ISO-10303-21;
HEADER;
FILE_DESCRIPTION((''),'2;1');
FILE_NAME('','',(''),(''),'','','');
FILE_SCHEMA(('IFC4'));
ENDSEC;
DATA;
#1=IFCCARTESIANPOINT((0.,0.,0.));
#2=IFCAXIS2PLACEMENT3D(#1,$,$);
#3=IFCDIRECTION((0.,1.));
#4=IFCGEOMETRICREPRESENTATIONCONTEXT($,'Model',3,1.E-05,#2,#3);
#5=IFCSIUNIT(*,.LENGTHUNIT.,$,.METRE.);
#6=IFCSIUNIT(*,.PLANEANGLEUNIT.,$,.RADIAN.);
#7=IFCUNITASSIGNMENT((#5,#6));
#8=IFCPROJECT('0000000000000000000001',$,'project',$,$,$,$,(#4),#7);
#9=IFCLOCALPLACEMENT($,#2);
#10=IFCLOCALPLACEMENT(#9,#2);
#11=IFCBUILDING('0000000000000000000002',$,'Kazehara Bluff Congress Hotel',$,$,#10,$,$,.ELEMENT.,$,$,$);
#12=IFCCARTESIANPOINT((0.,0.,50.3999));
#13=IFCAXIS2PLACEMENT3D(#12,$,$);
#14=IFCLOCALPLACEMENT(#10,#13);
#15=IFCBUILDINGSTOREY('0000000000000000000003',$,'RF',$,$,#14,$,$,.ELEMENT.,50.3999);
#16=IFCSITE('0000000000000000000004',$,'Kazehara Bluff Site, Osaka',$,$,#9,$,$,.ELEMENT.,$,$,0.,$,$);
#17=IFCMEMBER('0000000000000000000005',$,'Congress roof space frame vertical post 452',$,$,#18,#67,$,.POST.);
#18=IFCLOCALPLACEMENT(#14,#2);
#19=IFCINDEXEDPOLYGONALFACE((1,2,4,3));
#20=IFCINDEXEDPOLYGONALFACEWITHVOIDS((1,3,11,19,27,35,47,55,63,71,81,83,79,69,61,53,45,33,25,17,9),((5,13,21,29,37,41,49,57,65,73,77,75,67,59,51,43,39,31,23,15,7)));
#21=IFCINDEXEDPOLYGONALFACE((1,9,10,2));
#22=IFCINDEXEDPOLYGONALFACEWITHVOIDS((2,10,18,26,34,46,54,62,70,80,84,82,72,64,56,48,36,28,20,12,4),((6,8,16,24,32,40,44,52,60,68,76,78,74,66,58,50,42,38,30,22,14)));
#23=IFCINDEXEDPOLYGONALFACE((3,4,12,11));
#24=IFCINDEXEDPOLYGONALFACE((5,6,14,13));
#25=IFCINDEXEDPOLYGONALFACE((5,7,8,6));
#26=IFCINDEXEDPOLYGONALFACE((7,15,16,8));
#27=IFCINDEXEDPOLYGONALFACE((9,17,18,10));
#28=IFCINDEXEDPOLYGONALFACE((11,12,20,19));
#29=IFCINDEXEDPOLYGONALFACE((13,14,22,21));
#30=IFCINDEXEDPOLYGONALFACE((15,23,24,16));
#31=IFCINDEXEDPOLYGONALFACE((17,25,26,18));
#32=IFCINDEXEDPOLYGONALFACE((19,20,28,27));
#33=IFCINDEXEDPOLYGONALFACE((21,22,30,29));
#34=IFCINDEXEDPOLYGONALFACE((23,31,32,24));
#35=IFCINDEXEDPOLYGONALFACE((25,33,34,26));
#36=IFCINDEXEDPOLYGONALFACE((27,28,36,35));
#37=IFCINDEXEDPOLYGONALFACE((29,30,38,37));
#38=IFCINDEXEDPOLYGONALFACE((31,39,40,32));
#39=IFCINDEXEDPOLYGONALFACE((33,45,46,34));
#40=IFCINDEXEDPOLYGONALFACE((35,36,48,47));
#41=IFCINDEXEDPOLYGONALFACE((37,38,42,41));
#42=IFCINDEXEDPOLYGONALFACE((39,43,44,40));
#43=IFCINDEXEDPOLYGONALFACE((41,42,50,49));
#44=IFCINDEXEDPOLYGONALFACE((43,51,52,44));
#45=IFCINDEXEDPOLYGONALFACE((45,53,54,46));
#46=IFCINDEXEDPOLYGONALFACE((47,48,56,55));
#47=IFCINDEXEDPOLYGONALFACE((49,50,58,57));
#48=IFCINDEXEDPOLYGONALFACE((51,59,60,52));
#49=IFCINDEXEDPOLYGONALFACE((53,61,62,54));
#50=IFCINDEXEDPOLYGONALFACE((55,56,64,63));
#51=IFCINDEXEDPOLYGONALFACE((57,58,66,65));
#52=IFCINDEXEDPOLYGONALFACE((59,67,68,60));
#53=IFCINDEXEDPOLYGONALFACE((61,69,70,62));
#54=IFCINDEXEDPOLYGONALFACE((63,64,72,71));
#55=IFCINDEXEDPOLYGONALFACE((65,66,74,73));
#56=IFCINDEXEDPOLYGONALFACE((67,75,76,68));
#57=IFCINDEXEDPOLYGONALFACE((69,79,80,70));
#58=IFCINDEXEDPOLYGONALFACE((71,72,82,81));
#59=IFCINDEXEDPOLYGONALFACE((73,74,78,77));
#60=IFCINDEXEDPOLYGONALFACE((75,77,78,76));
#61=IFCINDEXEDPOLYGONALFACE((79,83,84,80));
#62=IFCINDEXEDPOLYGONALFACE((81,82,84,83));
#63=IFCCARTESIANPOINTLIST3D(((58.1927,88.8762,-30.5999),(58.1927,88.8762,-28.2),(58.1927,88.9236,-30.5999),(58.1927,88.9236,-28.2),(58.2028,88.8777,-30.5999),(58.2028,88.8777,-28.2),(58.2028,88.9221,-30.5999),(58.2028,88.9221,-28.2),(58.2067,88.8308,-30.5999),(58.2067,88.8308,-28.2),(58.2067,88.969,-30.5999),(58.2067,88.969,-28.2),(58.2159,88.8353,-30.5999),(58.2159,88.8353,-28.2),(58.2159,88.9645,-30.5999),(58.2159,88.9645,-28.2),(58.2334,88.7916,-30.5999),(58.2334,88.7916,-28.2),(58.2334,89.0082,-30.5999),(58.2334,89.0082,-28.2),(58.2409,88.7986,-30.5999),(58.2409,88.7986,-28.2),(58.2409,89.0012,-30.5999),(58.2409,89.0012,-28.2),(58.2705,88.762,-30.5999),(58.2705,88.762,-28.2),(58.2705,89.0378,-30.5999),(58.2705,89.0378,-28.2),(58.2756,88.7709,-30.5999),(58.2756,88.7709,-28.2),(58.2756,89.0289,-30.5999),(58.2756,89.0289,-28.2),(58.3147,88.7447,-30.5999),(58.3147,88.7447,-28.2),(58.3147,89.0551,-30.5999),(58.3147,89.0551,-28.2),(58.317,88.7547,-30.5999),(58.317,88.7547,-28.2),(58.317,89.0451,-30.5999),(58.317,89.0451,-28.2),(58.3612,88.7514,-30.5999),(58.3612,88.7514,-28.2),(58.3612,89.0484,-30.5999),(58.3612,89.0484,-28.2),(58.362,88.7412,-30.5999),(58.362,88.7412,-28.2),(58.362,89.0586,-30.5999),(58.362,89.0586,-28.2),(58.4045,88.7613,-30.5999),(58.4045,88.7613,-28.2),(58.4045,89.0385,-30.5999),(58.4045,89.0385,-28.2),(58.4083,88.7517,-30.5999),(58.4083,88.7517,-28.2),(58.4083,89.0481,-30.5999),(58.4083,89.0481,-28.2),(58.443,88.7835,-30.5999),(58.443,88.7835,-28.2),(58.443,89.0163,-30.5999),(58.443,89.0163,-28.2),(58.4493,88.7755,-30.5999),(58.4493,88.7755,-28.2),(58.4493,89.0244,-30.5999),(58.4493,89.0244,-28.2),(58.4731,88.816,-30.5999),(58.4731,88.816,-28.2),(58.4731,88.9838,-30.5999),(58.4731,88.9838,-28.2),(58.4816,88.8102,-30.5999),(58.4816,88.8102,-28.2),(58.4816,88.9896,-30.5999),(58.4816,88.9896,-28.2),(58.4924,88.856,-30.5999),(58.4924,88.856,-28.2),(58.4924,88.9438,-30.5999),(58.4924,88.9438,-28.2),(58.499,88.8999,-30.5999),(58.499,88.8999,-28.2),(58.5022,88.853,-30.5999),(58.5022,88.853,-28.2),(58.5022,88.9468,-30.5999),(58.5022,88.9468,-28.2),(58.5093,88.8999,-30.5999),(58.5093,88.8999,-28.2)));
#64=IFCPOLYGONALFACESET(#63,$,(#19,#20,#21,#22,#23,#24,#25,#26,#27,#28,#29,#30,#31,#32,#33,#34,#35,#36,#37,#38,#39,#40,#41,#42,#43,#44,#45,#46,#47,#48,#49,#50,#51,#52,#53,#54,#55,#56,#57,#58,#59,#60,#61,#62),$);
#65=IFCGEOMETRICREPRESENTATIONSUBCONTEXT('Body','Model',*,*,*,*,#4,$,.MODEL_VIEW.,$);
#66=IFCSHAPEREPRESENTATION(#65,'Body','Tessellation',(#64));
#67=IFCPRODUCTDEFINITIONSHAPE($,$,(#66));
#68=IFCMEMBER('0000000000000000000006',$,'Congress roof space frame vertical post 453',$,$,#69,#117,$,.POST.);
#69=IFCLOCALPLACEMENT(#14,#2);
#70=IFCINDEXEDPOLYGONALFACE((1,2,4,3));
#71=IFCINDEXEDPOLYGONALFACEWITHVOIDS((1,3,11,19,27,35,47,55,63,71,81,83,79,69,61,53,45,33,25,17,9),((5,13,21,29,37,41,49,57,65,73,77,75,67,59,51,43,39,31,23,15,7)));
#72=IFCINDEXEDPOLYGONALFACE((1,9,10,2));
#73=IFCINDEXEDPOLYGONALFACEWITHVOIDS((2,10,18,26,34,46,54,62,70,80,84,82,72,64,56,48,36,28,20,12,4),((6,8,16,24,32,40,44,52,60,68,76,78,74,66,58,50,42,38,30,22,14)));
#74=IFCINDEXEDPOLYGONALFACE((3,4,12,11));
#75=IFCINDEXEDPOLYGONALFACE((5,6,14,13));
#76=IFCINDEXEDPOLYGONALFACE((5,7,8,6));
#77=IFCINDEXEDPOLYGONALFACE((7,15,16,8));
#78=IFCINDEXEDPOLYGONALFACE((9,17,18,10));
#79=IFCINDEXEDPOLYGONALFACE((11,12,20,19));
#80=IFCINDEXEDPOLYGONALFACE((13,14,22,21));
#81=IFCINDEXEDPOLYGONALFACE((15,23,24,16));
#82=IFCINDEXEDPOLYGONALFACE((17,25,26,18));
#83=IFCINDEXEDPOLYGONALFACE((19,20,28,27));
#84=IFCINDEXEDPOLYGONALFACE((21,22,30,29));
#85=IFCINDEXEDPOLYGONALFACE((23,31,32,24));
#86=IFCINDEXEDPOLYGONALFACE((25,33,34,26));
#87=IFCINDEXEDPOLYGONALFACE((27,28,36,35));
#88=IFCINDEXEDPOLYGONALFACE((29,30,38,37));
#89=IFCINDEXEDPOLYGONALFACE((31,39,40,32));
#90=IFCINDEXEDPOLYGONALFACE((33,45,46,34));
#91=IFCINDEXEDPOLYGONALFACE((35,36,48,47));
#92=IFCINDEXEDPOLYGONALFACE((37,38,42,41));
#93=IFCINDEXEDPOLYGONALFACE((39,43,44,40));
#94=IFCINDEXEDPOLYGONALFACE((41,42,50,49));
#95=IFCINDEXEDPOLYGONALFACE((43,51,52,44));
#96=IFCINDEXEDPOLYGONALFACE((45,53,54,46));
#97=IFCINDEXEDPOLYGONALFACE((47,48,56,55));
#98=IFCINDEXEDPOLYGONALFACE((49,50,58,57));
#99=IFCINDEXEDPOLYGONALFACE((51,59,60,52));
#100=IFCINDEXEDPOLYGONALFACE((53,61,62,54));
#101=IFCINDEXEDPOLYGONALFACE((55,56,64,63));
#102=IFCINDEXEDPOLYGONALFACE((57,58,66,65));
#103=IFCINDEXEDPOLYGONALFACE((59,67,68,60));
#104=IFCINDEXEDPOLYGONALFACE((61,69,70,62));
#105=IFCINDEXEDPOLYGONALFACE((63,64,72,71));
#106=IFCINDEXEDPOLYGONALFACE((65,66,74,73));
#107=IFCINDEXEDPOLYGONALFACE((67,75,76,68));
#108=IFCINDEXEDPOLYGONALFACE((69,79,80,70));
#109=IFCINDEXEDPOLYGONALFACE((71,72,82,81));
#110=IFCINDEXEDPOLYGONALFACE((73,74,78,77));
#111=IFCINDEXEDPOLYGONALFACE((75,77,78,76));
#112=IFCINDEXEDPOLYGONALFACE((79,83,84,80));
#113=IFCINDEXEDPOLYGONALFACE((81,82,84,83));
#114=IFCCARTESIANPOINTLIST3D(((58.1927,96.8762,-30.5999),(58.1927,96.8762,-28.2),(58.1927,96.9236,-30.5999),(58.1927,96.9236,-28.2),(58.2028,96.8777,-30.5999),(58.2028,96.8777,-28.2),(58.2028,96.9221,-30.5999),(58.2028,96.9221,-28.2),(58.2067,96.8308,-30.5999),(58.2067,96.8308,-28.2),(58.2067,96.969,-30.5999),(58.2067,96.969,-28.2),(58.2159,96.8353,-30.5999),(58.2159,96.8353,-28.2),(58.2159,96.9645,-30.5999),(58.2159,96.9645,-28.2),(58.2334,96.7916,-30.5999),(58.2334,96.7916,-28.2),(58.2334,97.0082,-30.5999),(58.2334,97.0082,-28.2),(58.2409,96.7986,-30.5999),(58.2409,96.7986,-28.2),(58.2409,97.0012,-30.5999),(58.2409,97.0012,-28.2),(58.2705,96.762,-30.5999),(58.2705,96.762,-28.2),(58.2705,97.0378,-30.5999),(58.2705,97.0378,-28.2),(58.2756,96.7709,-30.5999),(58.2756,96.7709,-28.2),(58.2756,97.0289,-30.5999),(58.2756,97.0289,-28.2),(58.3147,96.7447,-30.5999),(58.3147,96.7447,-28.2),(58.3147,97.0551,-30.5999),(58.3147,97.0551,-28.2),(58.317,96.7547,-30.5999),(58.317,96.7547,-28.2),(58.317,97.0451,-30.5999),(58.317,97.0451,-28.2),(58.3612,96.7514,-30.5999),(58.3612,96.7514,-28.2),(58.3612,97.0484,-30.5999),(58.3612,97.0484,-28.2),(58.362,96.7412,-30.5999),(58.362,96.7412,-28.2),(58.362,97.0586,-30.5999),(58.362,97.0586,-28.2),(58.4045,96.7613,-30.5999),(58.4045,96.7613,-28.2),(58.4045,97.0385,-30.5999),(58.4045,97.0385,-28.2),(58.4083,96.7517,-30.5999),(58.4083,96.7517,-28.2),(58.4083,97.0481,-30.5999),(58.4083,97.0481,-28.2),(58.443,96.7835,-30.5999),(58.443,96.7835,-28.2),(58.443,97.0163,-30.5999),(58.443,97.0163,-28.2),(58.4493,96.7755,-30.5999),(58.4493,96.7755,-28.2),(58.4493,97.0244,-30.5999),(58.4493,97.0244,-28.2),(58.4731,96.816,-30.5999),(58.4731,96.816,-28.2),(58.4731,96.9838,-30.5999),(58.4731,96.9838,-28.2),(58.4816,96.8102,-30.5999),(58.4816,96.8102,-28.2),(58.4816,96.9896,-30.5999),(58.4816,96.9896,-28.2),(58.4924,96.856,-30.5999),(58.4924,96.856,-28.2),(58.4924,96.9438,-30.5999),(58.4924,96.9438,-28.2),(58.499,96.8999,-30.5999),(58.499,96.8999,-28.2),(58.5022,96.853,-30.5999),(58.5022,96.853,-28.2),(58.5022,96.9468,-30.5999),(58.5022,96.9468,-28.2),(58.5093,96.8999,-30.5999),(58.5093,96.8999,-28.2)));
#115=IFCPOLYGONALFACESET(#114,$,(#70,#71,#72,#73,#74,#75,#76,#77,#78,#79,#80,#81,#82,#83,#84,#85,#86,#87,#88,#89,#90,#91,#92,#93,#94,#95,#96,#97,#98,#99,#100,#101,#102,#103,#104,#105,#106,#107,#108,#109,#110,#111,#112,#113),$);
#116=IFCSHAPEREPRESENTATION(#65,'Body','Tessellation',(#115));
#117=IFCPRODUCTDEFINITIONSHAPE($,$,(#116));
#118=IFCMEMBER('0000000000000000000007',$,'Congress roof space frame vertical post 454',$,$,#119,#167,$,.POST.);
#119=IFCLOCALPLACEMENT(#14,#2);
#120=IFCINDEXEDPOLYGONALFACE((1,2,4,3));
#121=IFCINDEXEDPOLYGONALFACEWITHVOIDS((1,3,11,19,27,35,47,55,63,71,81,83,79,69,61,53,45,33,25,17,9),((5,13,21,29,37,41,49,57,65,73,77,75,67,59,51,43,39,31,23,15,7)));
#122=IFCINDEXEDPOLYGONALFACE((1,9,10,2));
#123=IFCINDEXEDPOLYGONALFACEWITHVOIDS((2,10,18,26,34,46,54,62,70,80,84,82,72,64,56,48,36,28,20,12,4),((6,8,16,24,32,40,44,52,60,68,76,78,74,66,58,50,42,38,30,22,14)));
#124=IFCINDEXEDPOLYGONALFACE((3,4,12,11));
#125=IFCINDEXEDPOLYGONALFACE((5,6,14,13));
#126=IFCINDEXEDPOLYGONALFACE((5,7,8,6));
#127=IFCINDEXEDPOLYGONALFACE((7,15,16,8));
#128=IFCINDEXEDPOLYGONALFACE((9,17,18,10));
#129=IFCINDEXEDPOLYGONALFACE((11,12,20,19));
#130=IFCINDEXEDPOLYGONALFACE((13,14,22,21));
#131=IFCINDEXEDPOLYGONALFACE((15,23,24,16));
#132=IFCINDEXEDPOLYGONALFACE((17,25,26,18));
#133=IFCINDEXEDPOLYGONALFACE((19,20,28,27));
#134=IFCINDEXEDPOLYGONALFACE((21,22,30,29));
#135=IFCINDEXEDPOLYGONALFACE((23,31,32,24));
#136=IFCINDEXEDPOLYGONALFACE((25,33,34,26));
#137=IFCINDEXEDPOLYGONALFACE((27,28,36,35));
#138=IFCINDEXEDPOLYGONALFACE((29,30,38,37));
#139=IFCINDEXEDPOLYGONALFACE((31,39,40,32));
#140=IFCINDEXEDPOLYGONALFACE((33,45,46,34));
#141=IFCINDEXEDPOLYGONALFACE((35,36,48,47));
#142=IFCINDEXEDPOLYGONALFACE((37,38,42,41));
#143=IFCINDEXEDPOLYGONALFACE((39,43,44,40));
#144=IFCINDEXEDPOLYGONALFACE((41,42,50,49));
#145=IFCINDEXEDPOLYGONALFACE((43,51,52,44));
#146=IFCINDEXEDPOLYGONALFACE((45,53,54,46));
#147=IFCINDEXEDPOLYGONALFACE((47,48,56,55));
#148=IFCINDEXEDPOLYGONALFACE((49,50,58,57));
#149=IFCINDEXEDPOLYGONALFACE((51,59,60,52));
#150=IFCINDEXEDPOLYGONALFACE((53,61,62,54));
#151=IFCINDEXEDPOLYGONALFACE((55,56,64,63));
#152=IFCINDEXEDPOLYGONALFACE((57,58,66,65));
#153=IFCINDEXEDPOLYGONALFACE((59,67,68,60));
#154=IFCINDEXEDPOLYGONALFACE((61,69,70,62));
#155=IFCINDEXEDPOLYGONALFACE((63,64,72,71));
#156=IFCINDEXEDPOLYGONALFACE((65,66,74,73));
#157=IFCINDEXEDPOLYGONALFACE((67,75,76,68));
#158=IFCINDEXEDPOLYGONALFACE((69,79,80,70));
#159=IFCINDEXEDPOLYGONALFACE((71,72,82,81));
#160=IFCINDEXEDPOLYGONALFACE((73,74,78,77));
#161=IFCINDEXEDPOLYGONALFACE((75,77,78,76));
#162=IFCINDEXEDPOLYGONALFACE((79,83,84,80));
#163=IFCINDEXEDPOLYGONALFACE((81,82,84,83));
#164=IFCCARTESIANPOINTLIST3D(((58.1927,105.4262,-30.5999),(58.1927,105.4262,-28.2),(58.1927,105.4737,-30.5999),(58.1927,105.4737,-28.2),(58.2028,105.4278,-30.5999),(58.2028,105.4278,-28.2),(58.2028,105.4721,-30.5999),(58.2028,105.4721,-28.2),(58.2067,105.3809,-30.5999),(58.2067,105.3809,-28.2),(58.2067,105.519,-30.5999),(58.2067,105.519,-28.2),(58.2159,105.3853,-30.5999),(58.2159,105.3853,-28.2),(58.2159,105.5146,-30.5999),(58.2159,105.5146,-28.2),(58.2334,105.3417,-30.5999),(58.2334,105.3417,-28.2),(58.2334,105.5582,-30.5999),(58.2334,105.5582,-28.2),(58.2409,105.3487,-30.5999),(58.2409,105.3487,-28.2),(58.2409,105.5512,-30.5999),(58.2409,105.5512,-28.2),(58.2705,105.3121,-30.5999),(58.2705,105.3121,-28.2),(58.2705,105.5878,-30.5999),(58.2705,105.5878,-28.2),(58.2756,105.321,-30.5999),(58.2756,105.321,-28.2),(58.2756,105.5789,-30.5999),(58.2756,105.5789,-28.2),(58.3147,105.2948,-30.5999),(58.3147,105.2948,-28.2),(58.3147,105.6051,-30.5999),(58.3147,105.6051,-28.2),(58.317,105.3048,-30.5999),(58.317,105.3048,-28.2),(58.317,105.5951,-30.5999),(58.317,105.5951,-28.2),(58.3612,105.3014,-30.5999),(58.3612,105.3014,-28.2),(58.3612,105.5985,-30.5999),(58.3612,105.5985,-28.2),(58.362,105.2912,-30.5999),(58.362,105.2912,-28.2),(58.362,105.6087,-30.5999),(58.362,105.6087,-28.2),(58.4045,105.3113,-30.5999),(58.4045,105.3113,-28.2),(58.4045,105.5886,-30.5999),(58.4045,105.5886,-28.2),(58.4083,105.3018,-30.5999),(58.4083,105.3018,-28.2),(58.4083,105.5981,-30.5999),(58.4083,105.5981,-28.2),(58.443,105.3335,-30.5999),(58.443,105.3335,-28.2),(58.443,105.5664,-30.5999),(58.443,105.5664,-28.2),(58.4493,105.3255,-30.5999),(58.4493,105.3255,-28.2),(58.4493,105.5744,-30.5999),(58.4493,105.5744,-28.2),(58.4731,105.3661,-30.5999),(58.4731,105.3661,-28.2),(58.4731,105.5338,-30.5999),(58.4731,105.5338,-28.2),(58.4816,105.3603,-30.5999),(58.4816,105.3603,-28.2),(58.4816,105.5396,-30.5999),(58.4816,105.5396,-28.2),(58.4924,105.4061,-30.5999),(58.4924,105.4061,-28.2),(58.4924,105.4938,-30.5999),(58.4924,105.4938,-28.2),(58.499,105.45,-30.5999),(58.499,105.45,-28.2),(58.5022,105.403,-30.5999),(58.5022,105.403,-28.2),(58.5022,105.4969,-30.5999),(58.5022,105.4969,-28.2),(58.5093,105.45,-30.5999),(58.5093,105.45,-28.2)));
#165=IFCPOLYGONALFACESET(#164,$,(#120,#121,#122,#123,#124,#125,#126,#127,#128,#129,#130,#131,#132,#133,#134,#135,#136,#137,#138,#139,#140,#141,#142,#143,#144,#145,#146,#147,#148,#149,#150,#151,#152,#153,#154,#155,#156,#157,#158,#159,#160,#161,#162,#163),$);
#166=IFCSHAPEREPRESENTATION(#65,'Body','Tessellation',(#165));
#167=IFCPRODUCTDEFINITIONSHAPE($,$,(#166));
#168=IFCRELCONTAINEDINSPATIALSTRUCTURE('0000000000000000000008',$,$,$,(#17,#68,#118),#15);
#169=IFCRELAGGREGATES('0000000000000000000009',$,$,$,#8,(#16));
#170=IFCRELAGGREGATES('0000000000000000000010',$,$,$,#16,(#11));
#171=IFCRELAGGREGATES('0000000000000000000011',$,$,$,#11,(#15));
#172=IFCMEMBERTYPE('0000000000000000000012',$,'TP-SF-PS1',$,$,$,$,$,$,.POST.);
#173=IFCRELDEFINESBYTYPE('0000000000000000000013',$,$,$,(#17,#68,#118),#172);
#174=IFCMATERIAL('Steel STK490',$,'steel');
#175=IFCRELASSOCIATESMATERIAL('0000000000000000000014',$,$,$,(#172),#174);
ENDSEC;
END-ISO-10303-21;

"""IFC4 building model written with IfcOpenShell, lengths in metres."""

from ifc_helpers import new_model, si_unit, direction, frame, origin, origin_2d, place, context, subcontext, project, spatial, hollow_circle, extrude, material, material_profile, profile_set, type_object, element, save


model = new_model("IFC4")

# Units and contexts
model_context = context("Model", 3, precision=1e-05, world=origin(), true_north=direction((0.0, 1.0)))
body_context = subcontext(model_context, "Body", "Model", "MODEL_VIEW")
ifc_project = project(units=[si_unit("LENGTHUNIT", "METRE"), si_unit("PLANEANGLEUNIT", "RADIAN")], contexts=[model_context])

# Site, building, storey
site_placement = place(None, origin())
site = spatial("IfcSite", under=ifc_project, at=site_placement, Name="Kazehara Bluff Site, Osaka", CompositionType="ELEMENT", RefElevation=0.0)
building_placement = place(site_placement, origin())
building = spatial("IfcBuilding", under=site, at=building_placement, Name="Kazehara Bluff Congress Hotel", CompositionType="ELEMENT")
storey_placement = place(building_placement, frame((0.0, 0.0, 50.3999)))
storey = spatial("IfcBuildingStorey", under=building, at=storey_placement, Name="RF", CompositionType="ELEMENT", Elevation=50.3999)

# Members
ifc_material_1 = material(Name="Steel STK490", Category="steel")
ifc_material_profile_1 = material_profile(ifc_material_1, hollow_circle(Radius=0.1592, WallThickness=0.0103, at=origin_2d()))
ifc_profile_set_1 = profile_set([ifc_material_profile_1], Name="Steel STK490")
member_type_1 = type_object("IfcMemberType", Name="TP-SF-PS1", PredefinedType="POST", material=ifc_profile_set_1)
for number, where, z_axis, x_axis, name in (
    (1, (58.3501, 88.8999, -30.5999), (0.0, 0.0, 1.0), (1.0, 0.0, 0.0), "Congress roof space frame vertical post 452"),
    (2, (58.3501, 96.8999, -30.5999), (0.0, 0.0, 1.0), (1.0, 0.0, 0.0), "Congress roof space frame vertical post 453"),
    (3, (58.3501, 105.45, -30.5999), (0.0, 0.0, 1.0), (1.0, 0.0, 0.0), "Congress roof space frame vertical post 454"),
):
    element("IfcMember", number, at=place(storey_placement, frame(where, z_axis=z_axis, x_axis=x_axis)), inside=storey, type_object=member_type_1, Name=name, PredefinedType="POST", context=body_context, shape_type="SweptSolid", body=[
        extrude(hollow_circle(Radius=0.1592, WallThickness=0.0103, at=origin_2d()), origin(), (0.0, 0.0, 1.0), 2.3999),
    ])

save(model, "model.ifc")
